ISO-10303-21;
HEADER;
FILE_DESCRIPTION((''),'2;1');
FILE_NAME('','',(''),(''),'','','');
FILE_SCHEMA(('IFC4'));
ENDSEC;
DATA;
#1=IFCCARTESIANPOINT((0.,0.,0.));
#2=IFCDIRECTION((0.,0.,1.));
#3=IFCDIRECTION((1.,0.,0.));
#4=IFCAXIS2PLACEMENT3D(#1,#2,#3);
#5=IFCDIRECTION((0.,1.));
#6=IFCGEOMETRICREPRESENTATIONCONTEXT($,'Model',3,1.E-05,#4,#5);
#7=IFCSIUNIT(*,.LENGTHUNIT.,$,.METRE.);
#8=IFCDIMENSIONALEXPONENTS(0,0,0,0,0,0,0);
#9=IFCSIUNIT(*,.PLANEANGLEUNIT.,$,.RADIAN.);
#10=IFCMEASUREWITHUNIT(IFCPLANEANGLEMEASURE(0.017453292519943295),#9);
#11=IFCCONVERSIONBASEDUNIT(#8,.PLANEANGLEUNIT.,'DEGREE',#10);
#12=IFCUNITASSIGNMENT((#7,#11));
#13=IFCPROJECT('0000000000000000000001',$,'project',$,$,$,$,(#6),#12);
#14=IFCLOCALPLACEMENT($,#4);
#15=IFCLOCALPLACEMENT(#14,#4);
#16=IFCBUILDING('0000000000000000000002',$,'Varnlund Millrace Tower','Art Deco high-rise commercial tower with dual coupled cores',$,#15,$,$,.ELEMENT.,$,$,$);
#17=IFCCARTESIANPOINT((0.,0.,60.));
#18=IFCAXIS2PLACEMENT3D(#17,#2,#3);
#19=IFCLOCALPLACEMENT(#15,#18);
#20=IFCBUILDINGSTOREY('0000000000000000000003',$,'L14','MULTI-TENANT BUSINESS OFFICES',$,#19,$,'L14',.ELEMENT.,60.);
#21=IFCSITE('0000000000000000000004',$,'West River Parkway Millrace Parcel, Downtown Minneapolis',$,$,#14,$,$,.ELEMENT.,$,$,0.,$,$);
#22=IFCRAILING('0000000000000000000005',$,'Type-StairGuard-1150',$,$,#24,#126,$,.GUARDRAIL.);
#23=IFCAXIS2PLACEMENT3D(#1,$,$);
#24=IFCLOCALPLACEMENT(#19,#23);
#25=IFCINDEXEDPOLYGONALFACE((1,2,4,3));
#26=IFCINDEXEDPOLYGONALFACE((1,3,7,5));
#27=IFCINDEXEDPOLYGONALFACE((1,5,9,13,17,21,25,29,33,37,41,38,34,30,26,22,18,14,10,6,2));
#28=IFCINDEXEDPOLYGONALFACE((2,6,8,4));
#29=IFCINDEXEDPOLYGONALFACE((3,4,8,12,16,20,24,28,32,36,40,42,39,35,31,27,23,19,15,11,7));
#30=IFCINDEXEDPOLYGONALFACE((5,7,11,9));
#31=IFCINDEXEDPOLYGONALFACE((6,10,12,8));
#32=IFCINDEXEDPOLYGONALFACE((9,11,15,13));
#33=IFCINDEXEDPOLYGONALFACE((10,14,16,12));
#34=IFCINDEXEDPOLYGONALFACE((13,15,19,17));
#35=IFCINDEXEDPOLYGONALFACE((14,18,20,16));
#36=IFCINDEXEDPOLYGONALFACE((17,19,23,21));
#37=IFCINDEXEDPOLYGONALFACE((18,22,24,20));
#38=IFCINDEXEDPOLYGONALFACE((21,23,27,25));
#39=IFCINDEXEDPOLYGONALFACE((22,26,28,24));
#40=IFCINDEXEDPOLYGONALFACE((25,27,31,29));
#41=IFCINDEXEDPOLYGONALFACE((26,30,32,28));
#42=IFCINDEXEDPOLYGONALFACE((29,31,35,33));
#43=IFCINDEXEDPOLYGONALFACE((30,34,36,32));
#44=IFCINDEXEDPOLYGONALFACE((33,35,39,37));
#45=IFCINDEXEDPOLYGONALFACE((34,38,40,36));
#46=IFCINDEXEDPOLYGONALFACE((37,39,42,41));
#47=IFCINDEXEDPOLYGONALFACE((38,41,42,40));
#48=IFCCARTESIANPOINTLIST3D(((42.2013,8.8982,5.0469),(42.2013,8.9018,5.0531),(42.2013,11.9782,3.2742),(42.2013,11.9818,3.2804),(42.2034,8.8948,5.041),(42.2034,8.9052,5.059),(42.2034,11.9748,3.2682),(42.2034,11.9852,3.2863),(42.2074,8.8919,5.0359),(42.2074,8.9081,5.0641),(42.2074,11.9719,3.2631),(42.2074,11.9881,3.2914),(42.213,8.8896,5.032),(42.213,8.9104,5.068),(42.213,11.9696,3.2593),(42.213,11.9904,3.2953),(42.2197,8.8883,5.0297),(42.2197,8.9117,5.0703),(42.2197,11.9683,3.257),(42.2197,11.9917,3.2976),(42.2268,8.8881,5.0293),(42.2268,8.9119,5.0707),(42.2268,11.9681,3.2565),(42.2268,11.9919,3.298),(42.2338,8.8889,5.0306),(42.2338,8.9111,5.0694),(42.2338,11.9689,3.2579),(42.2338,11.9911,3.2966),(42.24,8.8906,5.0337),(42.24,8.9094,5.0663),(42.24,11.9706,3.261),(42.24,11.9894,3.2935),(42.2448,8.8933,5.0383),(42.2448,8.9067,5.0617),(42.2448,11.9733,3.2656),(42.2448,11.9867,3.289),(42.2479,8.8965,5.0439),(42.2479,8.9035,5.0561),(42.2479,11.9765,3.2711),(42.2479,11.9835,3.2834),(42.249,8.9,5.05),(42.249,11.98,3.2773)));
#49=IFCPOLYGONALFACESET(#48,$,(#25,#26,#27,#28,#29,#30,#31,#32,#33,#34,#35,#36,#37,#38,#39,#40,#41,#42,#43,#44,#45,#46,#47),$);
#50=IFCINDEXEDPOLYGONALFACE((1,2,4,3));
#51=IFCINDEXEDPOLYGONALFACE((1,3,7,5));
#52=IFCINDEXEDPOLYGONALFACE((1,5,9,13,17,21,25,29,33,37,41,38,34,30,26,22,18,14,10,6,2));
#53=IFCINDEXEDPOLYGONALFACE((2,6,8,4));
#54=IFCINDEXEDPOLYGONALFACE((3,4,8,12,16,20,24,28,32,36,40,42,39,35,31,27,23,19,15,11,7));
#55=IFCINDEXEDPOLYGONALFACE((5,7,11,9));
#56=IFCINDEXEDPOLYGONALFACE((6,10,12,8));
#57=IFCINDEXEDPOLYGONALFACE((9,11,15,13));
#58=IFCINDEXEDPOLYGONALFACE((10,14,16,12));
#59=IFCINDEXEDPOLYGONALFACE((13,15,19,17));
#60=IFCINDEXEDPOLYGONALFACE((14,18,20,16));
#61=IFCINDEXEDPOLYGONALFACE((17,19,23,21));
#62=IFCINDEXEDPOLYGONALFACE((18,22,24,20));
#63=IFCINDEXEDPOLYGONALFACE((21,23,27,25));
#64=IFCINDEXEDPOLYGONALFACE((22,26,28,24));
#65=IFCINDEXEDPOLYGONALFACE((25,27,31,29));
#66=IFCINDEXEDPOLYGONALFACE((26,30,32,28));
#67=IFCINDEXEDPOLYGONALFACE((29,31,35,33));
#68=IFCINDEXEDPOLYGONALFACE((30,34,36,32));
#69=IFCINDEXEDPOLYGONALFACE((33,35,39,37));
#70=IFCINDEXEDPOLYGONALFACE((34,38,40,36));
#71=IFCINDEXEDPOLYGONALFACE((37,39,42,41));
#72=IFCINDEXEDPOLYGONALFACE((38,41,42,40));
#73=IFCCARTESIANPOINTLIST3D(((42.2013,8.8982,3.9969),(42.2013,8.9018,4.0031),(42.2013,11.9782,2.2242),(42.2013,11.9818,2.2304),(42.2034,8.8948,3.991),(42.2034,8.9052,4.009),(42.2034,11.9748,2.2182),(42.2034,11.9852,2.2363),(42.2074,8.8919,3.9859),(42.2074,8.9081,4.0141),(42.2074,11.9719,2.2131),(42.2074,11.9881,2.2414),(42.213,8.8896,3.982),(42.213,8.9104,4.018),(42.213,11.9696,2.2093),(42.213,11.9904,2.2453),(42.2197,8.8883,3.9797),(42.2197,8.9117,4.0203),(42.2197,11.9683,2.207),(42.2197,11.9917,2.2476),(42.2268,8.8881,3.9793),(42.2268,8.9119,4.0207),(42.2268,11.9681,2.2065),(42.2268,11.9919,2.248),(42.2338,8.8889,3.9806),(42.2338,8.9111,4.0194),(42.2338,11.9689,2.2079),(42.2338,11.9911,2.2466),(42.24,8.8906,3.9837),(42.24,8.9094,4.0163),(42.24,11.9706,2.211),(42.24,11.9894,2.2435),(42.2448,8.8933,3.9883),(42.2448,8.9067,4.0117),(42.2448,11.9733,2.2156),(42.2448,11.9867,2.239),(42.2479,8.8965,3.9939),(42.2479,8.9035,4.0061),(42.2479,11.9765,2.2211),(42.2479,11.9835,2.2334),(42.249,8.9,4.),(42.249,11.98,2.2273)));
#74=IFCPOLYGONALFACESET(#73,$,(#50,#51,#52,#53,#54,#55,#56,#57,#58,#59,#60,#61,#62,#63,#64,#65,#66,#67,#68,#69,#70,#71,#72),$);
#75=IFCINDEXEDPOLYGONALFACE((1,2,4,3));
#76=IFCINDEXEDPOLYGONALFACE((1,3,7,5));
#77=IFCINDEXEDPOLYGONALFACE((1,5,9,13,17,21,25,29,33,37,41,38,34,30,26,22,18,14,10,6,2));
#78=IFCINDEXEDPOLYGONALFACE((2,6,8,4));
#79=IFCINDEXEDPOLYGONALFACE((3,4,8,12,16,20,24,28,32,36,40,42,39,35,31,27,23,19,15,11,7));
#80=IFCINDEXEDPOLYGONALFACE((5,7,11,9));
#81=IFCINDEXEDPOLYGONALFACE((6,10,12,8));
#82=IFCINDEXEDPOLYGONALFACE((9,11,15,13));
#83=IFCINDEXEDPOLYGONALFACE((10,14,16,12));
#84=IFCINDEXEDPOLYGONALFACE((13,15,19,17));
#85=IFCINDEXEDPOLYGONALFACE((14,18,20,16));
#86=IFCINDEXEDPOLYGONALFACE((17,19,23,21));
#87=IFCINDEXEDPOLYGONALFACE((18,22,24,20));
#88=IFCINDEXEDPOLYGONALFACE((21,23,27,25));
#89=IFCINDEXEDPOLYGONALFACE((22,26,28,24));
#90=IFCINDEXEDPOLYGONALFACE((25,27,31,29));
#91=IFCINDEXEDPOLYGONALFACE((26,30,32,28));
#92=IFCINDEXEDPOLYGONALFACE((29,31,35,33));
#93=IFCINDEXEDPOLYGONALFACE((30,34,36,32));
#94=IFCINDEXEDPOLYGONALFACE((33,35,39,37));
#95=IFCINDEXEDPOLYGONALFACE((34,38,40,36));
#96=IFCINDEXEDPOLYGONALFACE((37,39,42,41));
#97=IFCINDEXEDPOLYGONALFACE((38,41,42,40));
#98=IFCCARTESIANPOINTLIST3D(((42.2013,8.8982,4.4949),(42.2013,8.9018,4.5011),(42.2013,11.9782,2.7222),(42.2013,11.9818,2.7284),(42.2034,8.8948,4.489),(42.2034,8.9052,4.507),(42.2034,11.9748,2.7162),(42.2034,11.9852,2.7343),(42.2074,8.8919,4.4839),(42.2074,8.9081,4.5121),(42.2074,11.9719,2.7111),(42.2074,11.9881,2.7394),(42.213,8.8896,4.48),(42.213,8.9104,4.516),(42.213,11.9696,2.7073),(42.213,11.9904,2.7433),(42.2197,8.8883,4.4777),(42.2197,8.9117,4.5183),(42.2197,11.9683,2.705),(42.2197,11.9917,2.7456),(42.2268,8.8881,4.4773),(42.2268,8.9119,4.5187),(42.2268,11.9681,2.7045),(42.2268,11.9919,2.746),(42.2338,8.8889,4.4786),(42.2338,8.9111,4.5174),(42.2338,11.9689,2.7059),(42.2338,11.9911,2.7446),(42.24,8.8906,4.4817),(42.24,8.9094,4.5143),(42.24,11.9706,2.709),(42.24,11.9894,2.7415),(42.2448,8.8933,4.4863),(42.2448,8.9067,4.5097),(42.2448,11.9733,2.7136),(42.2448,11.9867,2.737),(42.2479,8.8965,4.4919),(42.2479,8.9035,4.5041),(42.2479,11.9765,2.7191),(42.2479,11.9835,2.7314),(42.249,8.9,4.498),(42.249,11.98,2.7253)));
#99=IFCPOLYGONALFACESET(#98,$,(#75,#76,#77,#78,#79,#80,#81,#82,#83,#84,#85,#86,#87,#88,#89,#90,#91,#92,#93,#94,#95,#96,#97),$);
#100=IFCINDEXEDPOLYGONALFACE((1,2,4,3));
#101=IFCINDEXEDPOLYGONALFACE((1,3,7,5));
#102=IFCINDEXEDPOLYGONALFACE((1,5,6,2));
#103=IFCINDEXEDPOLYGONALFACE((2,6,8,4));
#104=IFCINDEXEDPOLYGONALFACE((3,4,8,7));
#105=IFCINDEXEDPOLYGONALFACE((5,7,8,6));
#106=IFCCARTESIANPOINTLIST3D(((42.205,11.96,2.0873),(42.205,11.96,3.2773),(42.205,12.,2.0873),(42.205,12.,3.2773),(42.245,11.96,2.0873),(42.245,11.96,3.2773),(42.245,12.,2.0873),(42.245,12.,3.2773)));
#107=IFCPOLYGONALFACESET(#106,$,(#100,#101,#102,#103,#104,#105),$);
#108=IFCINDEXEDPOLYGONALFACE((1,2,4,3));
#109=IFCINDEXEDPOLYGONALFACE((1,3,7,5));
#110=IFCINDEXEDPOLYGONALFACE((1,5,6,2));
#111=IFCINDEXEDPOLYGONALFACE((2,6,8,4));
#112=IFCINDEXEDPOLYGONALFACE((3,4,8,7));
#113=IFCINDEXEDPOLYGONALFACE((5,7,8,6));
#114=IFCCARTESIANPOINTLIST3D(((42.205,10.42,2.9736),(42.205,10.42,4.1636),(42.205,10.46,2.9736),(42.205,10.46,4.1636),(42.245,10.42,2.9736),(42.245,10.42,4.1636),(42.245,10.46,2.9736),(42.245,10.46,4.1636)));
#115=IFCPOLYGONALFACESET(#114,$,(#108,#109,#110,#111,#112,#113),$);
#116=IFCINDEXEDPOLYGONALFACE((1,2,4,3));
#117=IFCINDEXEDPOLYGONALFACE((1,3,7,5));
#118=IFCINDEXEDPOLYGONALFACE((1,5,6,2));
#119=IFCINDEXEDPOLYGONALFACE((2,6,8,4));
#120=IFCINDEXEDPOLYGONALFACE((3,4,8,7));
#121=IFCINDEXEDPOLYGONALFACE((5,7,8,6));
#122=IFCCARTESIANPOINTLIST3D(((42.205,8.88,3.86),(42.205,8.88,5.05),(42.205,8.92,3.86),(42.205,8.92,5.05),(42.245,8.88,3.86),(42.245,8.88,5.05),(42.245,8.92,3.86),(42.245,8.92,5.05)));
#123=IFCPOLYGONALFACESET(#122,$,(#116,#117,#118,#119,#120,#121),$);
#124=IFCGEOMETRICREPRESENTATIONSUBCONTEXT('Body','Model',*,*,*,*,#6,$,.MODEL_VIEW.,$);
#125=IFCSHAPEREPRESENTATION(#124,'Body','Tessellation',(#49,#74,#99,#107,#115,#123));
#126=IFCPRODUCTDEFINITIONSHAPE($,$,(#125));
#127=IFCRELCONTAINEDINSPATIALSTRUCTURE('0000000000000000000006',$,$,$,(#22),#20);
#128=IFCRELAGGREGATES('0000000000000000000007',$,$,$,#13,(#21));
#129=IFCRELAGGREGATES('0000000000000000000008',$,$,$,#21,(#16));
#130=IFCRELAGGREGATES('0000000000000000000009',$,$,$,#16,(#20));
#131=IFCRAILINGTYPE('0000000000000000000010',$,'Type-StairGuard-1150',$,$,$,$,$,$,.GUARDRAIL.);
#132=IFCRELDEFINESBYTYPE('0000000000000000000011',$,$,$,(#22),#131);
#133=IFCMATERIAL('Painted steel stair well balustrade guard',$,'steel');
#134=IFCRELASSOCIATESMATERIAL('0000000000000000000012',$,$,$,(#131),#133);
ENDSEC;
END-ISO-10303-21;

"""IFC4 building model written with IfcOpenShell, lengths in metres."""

from ifc_helpers import new_model, entity, si_unit, converted_unit, direction, frame, origin_with_axes, origin_2d_with_axis, place, context, subcontext, project, spatial, rectangle, circle, extrude, material, type_object, element, save


model = new_model("IFC4")

# Units and contexts
model_context = context("Model", 3, precision=1e-05, world=origin_with_axes(), true_north=direction((0.0, 1.0)))
body_context = subcontext(model_context, "Body", "Model", "MODEL_VIEW")
ifc_project = project(units=[si_unit("LENGTHUNIT", "METRE"), converted_unit("PLANEANGLEUNIT", "DEGREE", entity("IfcPlaneAngleMeasure", 0.017453292519943295), si_unit("PLANEANGLEUNIT", "RADIAN"), dimensions=[0, 0, 0, 0, 0, 0, 0])], contexts=[model_context])

# Site, building, storey
site_placement = place(None, origin_with_axes())
site = spatial("IfcSite", under=ifc_project, at=site_placement, Name="West River Parkway Millrace Parcel, Downtown Minneapolis", CompositionType="ELEMENT", RefElevation=0.0)
building_placement = place(site_placement, origin_with_axes())
building = spatial("IfcBuilding", under=site, at=building_placement, Name="Varnlund Millrace Tower", Description="Art Deco high-rise commercial tower with dual coupled cores", CompositionType="ELEMENT")
storey_placement = place(building_placement, frame((0.0, 0.0, 60.0), z_axis=(0.0, 0.0, 1.0), x_axis=(1.0, 0.0, 0.0)))
storey = spatial("IfcBuildingStorey", under=building, at=storey_placement, Name="L14", Description="MULTI-TENANT BUSINESS OFFICES", LongName="L14", CompositionType="ELEMENT", Elevation=60.0)

# Railing
ifc_material_1 = material(Name="Painted steel stair well balustrade guard", Category="steel")
railing_type_1 = type_object("IfcRailingType", Name="Type-StairGuard-1150", PredefinedType="GUARDRAIL", material=ifc_material_1)
railing_1_placement = place(storey_placement, frame((0.0, 0.0, -60.0), z_axis=(0.0, 0.0, 1.0), x_axis=(1.0, 0.0, 0.0)))
element("IfcRailing", 1, at=railing_1_placement, inside=storey, type_object=railing_type_1, Name="Type-StairGuard-1150", PredefinedType="GUARDRAIL", context=body_context, shape_type="SweptSolid", body=[
    extrude(circle(Radius=0.024, at=origin_2d_with_axis()), frame((42.225, 11.98, 63.2773), z_axis=(0.0, -0.866696, 0.498836), x_axis=(1.0, 0.0, 0.0)), (0.0, 0.0, 1.0), 3.5537),
    extrude(circle(Radius=0.024, at=origin_2d_with_axis()), frame((42.225, 11.98, 62.2273), z_axis=(0.0, -0.866696, 0.498836), x_axis=(1.0, 0.0, 0.0)), (0.0, 0.0, 1.0), 3.5537),
    extrude(circle(Radius=0.024, at=origin_2d_with_axis()), frame((42.225, 11.98, 62.7253), z_axis=(0.0, -0.866696, 0.498836), x_axis=(1.0, 0.0, 0.0)), (0.0, 0.0, 1.0), 3.5537),
    extrude(rectangle(XDim=0.04, YDim=0.04, at=origin_2d_with_axis()), frame((42.225, 11.98, 62.0873), z_axis=(0.0, 0.0, 1.0), x_axis=(1.0, 0.0, 0.0)), (0.0, 0.0, 1.0), 1.19),
    extrude(rectangle(XDim=0.04, YDim=0.04, at=origin_2d_with_axis()), frame((42.225, 10.44, 62.9736), z_axis=(0.0, 0.0, 1.0), x_axis=(1.0, 0.0, 0.0)), (0.0, 0.0, 1.0), 1.19),
    extrude(rectangle(XDim=0.04, YDim=0.04, at=origin_2d_with_axis()), frame((42.225, 8.9, 63.86), z_axis=(0.0, 0.0, 1.0), x_axis=(1.0, 0.0, 0.0)), (0.0, 0.0, 1.0), 1.19),
])

save(model, "model.ifc")
